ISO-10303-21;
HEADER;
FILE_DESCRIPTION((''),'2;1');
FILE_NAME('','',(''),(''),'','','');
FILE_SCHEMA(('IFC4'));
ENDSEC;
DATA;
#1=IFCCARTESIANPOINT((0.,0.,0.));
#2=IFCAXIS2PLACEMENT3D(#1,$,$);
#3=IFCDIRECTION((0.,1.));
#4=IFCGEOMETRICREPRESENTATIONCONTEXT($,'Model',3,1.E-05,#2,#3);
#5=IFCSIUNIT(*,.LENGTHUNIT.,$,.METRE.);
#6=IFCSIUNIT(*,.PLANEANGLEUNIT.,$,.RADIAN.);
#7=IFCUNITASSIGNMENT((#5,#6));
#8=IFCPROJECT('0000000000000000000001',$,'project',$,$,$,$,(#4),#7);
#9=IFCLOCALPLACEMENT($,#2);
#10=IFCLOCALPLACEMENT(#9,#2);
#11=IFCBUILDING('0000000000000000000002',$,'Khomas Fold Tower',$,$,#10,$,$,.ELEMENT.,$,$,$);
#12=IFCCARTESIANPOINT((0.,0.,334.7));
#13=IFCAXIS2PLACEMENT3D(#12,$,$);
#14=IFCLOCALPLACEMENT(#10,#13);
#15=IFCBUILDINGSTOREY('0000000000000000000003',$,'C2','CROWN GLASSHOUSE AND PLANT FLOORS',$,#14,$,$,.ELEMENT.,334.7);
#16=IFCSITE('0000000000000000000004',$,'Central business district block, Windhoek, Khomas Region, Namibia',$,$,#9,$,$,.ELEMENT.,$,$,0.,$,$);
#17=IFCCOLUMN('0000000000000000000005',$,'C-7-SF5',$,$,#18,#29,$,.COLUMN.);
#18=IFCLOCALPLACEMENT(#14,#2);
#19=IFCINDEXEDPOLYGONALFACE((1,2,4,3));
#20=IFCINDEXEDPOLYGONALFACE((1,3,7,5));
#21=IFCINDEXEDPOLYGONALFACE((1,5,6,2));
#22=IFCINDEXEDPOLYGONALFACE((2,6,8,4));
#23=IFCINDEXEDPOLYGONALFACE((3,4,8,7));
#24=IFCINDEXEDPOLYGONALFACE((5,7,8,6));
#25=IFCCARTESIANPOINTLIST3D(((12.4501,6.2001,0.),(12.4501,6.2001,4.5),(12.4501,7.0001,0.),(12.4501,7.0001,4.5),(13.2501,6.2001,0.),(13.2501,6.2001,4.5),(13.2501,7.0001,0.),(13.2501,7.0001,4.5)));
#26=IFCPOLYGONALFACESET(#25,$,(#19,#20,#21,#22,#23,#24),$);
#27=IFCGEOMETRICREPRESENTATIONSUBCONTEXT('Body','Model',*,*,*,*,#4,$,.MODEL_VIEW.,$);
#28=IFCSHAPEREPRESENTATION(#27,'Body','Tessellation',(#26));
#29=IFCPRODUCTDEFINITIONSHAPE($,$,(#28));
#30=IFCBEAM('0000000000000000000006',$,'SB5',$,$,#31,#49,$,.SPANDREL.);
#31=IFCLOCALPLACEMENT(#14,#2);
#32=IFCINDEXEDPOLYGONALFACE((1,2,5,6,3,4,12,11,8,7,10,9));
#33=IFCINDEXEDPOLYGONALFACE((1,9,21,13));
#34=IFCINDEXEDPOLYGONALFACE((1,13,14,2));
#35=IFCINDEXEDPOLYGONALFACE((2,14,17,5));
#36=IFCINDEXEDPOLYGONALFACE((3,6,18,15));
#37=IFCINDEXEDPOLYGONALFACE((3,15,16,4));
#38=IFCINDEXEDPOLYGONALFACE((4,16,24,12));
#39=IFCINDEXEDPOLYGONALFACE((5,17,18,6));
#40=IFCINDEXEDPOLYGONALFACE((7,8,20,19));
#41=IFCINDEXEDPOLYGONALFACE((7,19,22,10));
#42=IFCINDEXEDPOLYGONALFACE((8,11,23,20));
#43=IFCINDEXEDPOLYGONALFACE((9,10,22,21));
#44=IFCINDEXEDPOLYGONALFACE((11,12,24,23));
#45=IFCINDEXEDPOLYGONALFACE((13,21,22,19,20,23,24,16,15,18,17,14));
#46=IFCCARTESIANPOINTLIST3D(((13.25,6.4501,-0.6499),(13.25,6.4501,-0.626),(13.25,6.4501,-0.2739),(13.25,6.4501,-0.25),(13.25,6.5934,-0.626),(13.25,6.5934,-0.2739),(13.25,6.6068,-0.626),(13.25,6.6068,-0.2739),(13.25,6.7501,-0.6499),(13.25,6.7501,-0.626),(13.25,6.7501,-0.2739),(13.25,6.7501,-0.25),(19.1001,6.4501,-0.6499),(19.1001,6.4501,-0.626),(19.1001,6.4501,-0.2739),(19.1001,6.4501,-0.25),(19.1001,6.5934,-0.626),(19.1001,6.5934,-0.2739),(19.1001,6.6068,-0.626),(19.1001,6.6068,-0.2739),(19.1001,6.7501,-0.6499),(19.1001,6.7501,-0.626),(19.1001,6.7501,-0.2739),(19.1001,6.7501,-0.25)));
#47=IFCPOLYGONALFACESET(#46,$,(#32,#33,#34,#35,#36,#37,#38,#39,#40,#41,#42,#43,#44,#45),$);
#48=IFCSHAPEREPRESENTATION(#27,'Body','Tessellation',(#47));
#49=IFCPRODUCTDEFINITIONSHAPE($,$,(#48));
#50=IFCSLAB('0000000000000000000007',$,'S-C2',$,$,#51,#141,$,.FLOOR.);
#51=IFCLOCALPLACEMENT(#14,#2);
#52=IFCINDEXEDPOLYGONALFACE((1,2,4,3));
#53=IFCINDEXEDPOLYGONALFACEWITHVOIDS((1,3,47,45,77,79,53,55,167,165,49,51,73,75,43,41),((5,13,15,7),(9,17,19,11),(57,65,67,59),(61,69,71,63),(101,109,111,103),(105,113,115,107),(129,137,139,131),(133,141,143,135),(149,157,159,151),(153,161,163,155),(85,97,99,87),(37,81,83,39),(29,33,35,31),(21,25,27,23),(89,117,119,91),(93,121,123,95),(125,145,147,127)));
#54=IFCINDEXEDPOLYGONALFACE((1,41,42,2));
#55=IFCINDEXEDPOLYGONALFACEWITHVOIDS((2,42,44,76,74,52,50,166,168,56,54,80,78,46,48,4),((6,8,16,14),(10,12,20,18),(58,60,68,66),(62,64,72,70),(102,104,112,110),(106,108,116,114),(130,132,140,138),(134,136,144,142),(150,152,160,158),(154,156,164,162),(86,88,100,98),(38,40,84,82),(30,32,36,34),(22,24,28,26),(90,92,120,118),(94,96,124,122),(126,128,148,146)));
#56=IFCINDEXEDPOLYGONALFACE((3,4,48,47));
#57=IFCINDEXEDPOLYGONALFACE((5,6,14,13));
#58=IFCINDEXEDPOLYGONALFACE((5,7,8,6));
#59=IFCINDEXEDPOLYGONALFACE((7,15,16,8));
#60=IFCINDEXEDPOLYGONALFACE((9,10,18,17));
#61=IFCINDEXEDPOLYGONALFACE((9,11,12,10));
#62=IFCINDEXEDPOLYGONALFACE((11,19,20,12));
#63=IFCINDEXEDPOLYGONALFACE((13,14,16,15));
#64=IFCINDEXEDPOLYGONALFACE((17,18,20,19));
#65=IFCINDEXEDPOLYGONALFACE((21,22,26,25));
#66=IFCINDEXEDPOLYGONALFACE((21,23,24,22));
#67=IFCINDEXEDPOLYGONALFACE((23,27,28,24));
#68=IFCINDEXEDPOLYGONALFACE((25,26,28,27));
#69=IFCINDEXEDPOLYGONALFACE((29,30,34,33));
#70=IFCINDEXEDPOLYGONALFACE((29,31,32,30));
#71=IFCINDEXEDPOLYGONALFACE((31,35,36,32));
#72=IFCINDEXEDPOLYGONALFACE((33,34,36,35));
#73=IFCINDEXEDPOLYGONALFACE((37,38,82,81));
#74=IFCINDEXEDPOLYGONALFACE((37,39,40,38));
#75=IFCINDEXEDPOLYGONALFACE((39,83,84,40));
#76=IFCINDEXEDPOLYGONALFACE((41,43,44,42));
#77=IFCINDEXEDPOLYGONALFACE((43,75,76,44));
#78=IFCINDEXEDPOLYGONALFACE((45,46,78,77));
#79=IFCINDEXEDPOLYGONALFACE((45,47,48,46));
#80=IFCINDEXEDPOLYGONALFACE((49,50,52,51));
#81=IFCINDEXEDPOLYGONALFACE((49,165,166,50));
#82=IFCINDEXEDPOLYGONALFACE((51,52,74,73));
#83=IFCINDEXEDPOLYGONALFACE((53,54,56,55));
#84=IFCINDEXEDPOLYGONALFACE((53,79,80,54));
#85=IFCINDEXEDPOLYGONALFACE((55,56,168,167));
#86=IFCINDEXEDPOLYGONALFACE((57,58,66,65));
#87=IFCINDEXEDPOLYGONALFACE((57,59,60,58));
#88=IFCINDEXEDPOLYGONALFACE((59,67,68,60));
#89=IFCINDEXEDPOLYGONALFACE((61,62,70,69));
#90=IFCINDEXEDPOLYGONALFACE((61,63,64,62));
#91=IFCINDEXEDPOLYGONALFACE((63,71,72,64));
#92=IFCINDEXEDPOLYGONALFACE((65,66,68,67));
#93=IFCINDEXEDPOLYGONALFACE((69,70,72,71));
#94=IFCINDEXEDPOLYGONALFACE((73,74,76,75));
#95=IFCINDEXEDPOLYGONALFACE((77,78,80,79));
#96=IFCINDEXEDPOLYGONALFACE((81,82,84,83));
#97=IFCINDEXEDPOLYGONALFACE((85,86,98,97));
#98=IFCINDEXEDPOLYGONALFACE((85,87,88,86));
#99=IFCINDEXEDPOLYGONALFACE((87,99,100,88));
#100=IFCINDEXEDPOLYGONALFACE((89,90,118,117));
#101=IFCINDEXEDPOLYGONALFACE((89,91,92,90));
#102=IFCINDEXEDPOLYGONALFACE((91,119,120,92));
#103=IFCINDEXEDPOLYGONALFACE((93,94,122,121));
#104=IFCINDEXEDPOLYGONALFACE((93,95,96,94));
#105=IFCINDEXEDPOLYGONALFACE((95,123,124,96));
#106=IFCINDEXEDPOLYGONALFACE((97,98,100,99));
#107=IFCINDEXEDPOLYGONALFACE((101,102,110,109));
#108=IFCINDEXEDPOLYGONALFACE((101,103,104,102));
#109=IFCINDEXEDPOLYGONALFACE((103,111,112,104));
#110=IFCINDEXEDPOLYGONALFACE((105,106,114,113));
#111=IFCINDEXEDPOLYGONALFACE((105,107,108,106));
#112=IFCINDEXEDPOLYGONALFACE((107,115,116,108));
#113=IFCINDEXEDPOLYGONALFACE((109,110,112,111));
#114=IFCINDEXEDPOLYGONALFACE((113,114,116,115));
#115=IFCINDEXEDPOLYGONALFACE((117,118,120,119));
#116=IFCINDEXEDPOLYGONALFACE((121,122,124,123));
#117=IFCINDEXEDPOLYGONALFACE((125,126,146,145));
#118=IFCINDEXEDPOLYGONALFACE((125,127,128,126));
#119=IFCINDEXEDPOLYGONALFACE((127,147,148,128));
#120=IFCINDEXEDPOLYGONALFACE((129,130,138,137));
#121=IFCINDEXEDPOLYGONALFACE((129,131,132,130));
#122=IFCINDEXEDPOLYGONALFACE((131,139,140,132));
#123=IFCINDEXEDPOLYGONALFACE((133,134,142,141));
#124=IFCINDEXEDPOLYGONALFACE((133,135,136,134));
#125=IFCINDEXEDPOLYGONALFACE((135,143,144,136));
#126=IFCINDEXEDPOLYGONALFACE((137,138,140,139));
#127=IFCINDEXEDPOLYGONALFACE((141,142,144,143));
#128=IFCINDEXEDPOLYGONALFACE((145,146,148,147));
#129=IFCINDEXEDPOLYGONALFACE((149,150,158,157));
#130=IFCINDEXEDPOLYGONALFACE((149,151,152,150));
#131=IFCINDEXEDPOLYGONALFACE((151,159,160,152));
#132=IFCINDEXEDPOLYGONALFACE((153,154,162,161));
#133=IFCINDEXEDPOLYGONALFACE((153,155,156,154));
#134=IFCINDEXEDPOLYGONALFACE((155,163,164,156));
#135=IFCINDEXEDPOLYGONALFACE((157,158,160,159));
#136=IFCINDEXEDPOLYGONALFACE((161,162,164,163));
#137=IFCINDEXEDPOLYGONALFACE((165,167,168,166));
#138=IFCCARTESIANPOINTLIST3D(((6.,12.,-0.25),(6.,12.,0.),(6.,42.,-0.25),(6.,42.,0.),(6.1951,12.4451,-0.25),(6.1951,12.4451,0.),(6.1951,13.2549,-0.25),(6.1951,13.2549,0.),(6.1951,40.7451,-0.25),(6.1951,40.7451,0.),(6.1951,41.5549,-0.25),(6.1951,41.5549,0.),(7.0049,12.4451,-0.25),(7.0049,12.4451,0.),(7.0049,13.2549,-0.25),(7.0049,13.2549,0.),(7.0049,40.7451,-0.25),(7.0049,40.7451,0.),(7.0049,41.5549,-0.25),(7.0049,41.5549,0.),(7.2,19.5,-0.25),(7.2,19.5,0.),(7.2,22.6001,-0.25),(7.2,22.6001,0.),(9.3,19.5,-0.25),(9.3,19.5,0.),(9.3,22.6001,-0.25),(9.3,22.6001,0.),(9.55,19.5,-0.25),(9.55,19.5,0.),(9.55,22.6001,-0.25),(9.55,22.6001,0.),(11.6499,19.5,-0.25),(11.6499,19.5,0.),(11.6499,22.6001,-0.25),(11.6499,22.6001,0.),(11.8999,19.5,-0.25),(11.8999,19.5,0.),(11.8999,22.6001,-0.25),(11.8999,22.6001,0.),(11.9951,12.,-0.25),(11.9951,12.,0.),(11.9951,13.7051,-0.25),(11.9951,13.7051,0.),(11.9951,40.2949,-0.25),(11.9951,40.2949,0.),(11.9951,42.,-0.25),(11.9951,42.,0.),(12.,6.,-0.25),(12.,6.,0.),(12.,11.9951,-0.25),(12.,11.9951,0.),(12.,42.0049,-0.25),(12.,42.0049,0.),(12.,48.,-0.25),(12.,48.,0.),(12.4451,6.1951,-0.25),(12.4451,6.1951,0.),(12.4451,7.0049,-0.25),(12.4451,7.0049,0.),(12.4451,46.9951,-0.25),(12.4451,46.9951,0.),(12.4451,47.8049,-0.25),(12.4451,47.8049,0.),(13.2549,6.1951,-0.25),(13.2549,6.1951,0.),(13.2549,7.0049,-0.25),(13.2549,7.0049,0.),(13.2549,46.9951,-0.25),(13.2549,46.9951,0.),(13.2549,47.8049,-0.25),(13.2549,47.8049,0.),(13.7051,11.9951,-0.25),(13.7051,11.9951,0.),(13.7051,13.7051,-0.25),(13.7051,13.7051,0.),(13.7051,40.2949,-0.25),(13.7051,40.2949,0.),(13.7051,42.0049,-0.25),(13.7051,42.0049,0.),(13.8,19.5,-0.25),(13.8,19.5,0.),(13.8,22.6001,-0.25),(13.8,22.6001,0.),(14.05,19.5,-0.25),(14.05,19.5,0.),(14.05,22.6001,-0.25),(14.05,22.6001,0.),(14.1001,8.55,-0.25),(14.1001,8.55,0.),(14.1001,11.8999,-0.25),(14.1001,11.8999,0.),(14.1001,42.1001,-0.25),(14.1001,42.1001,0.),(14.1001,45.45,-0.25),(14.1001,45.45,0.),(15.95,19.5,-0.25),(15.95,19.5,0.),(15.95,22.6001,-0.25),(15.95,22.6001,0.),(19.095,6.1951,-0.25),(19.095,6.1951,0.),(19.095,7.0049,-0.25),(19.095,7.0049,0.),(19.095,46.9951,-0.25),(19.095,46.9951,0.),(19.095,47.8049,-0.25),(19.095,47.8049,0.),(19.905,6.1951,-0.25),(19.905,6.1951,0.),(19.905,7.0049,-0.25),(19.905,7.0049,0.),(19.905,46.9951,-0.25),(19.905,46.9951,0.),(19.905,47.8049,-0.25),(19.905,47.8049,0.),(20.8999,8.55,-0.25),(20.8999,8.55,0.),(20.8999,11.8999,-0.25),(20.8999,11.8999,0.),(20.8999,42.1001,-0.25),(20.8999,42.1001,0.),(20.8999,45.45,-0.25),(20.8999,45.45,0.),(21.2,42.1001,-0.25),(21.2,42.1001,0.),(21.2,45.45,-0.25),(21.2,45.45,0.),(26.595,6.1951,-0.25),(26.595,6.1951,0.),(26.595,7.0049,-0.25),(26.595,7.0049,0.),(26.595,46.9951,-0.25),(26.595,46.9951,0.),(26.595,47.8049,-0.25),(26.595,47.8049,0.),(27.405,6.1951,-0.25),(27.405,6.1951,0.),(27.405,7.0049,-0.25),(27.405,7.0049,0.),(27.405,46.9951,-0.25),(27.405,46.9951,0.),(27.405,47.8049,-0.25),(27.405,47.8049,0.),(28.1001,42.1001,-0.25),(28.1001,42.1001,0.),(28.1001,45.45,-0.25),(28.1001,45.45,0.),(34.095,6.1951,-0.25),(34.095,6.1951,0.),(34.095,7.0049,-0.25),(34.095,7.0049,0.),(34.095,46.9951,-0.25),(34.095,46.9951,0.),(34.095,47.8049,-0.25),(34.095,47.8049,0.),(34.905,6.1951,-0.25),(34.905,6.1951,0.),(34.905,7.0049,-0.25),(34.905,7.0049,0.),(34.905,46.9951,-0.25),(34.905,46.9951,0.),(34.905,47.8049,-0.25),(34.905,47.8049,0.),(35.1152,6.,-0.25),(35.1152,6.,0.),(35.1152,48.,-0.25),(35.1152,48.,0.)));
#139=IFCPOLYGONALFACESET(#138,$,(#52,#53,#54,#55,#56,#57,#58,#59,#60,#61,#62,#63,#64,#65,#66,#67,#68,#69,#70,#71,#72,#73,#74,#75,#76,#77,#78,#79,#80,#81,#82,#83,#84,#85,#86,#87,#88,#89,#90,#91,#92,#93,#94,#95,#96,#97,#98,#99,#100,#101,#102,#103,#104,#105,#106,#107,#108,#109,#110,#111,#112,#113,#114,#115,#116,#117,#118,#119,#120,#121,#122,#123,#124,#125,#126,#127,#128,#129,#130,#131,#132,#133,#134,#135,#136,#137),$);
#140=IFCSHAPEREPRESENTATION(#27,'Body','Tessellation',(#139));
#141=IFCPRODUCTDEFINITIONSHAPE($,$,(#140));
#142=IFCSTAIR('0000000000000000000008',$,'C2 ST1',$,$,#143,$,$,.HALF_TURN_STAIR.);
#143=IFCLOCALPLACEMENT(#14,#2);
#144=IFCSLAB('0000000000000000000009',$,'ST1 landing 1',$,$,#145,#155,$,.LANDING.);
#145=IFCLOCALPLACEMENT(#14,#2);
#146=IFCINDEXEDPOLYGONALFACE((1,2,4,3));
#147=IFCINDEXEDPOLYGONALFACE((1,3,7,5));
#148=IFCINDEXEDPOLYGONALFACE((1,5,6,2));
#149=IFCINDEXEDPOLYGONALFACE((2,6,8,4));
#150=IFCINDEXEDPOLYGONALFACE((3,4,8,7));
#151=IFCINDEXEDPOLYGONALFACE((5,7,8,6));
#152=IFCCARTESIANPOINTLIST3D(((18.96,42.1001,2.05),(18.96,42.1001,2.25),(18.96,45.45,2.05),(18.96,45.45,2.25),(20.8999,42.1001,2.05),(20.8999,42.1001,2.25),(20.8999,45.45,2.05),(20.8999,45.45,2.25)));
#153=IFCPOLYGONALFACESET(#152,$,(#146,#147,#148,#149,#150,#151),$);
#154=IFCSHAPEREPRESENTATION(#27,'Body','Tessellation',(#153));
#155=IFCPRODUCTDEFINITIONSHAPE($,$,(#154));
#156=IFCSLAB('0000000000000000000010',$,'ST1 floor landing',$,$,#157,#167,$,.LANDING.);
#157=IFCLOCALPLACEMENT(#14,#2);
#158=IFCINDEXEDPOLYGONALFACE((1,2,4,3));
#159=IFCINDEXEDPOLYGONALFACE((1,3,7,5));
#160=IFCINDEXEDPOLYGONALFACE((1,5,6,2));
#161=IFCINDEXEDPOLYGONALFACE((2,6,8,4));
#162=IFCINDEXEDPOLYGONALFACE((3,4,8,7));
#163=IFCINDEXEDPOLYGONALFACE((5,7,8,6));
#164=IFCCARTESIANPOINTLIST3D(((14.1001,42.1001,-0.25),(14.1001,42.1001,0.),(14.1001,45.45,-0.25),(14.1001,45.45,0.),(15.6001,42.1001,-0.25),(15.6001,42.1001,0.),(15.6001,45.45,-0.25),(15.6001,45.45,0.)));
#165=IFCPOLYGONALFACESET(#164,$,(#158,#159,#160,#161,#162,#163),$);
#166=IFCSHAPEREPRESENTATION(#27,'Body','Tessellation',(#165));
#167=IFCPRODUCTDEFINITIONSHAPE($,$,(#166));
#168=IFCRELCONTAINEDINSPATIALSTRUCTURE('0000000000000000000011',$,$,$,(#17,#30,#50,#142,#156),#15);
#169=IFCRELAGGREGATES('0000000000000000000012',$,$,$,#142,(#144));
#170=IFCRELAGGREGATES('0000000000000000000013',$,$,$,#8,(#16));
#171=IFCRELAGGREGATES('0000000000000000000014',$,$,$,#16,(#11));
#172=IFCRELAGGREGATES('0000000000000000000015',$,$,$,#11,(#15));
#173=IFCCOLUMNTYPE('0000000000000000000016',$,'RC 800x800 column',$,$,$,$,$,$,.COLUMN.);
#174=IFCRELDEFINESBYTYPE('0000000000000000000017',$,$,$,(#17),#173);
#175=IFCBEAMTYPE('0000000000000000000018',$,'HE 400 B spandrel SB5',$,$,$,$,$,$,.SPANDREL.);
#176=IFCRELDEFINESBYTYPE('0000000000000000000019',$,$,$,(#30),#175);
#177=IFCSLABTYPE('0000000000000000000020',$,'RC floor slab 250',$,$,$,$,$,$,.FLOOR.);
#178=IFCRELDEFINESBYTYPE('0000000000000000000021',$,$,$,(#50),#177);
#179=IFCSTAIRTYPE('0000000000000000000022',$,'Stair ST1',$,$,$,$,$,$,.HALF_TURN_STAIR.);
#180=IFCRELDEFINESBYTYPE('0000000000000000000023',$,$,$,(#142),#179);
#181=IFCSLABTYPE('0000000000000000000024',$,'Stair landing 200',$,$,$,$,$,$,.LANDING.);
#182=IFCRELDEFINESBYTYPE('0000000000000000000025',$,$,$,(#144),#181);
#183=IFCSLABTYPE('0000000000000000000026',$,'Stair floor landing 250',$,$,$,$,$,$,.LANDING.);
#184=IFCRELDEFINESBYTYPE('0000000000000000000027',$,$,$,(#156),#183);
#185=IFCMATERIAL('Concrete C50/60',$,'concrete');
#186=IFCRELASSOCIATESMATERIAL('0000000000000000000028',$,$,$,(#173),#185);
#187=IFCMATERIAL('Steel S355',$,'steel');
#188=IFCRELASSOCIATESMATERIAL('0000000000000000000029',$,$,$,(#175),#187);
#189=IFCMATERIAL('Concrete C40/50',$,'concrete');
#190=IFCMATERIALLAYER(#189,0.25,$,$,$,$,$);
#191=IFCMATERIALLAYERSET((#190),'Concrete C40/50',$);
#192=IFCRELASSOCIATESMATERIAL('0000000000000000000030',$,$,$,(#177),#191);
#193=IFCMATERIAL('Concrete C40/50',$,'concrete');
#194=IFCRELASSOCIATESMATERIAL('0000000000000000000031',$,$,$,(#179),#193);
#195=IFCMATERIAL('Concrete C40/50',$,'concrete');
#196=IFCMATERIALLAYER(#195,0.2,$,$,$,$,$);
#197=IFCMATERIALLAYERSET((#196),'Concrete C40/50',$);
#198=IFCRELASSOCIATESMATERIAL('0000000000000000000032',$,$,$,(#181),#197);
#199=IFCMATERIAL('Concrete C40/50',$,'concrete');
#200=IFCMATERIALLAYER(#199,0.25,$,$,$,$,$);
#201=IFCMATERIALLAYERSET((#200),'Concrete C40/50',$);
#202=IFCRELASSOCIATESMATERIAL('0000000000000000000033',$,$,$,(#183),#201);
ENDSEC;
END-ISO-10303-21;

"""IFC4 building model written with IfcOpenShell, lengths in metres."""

from ifc_helpers import new_model, si_unit, direction, frame, origin, origin_2d, place, context, subcontext, project, spatial, polyline, rectangle, i_section, outline, extrude, source, transform, mapped, material, layer, layer_set, material_profile, profile_set, type_object, element, aggregate, save


model = new_model("IFC4")

# Units and contexts
model_context = context("Model", 3, precision=1e-05, world=origin(), true_north=direction((0.0, 1.0)))
body_context = subcontext(model_context, "Body", "Model", "MODEL_VIEW")
ifc_project = project(units=[si_unit("LENGTHUNIT", "METRE"), si_unit("PLANEANGLEUNIT", "RADIAN")], contexts=[model_context])

# Site, building, storey
site_placement = place(None, origin())
site = spatial("IfcSite", under=ifc_project, at=site_placement, Name="Central business district block, Windhoek, Khomas Region, Namibia", CompositionType="ELEMENT", RefElevation=0.0)
building_placement = place(site_placement, origin())
building = spatial("IfcBuilding", under=site, at=building_placement, Name="Khomas Fold Tower", CompositionType="ELEMENT")
storey_placement = place(building_placement, frame((0.0, 0.0, 334.7)))
storey = spatial("IfcBuildingStorey", under=building, at=storey_placement, Name="C2", Description="CROWN GLASSHOUSE AND PLANT FLOORS", CompositionType="ELEMENT", Elevation=334.7)

# Column
ifc_material_1 = material(Name="Concrete C50/60", Category="concrete")
ifc_material_profile_1 = material_profile(ifc_material_1, rectangle(XDim=0.8, YDim=0.8, at=origin_2d()), Name="RC 800x800")
ifc_profile_set_1 = profile_set([ifc_material_profile_1], Name="Concrete C50/60")
column_type = type_object("IfcColumnType", Name="RC 800x800 column", PredefinedType="COLUMN", material=ifc_profile_set_1)
shared_shape_1 = source(origin(), body_context, "Body", "SweptSolid", [
    extrude(rectangle(XDim=0.8, YDim=0.8, at=origin_2d()), origin(), (0.0, 0.0, 1.0), 4.5),
])
column_placement = place(storey_placement, frame((12.8501, 6.6001, 0.0), z_axis=(0.0, 0.0, 1.0), x_axis=(1.0, 0.0, 0.0)))
element("IfcColumn", 1, at=column_placement, inside=storey, type_object=column_type, Name="C-7-SF5", PredefinedType="COLUMN", context=body_context, shape_type="MappedRepresentation", body=[
    mapped(shared_shape_1, transform((0.0, 0.0, 0.0))),
])

# Beam
ifc_material_2 = material(Name="Steel S355", Category="steel")
ifc_material_profile_2 = material_profile(ifc_material_2, i_section(OverallWidth=0.3, OverallDepth=0.3999, WebThickness=0.0134, FlangeThickness=0.0239, at=origin_2d()), Name="HE 400 B")
ifc_profile_set_2 = profile_set([ifc_material_profile_2], Name="Steel S355")
beam_type = type_object("IfcBeamType", Name="HE 400 B spandrel SB5", PredefinedType="SPANDREL", material=ifc_profile_set_2)
shared_shape_2 = source(origin(), body_context, "Body", "SweptSolid", [
    extrude(i_section(OverallWidth=0.3, OverallDepth=0.3999, WebThickness=0.0134, FlangeThickness=0.0239, at=origin_2d()), origin(), (0.0, 0.0, 1.0), 5.8501),
])
beam_placement = place(storey_placement, frame((13.25, 6.6001, -0.45), z_axis=(1.0, 0.0, 0.0), x_axis=(0.0, 1.0, 0.0)))
element("IfcBeam", 2, at=beam_placement, inside=storey, type_object=beam_type, Name="SB5", PredefinedType="SPANDREL", context=body_context, shape_type="MappedRepresentation", body=[
    mapped(shared_shape_2, transform((0.0, 0.0, 0.0))),
])

# Slab
ifc_material_3 = material(Name="Concrete C40/50", Category="concrete")
ifc_layer_1 = layer(ifc_material_3, 0.25)
ifc_layer_set_1 = layer_set([ifc_layer_1], Name="Concrete C40/50")
slab_type_1 = type_object("IfcSlabType", Name="RC floor slab 250", PredefinedType="FLOOR", material=ifc_layer_set_1)
shared_shape_3 = source(origin(), body_context, "Body", "SweptSolid", [
    extrude(outline(polyline([(6.0, 12.0), (11.9951, 12.0), (11.9951, 13.7051), (13.7051, 13.7051), (13.7051, 11.9951), (12.0, 11.9951), (12.0, 6.0), (35.1152, 6.0), (35.1152, 48.0), (12.0, 48.0), (12.0, 42.0049), (13.7051, 42.0049), (13.7051, 40.2949), (11.9951, 40.2949), (11.9951, 42.0), (6.0, 42.0), (6.0, 12.0)]), holes=[polyline([(6.1951, 12.4451), (6.1951, 13.2549), (7.0049, 13.2549), (7.0049, 12.4451), (6.1951, 12.4451)]), polyline([(6.1951, 40.7451), (6.1951, 41.5549), (7.0049, 41.5549), (7.0049, 40.7451), (6.1951, 40.7451)]), polyline([(7.2, 19.5), (7.2, 22.6001), (9.3, 22.6001), (9.3, 19.5), (7.2, 19.5)]), polyline([(9.55, 19.5), (9.55, 22.6001), (11.6499, 22.6001), (11.6499, 19.5), (9.55, 19.5)]), polyline([(11.8999, 19.5), (11.8999, 22.6001), (13.8, 22.6001), (13.8, 19.5), (11.8999, 19.5)]), polyline([(12.4451, 6.1951), (12.4451, 7.0049), (13.2549, 7.0049), (13.2549, 6.1951), (12.4451, 6.1951)]), polyline([(12.4451, 46.9951), (12.4451, 47.8049), (13.2549, 47.8049), (13.2549, 46.9951), (12.4451, 46.9951)]), polyline([(14.05, 19.5), (14.05, 22.6001), (15.95, 22.6001), (15.95, 19.5), (14.05, 19.5)]), polyline([(14.1001, 8.55), (14.1001, 11.8999), (20.8999, 11.8999), (20.8999, 8.55), (14.1001, 8.55)]), polyline([(14.1001, 42.1001), (14.1001, 45.45), (20.8999, 45.45), (20.8999, 42.1001), (14.1001, 42.1001)]), polyline([(19.095, 6.1951), (19.095, 7.0049), (19.905, 7.0049), (19.905, 6.1951), (19.095, 6.1951)]), polyline([(19.095, 46.9951), (19.095, 47.8049), (19.905, 47.8049), (19.905, 46.9951), (19.095, 46.9951)]), polyline([(21.2, 42.1001), (21.2, 45.45), (28.1001, 45.45), (28.1001, 42.1001), (21.2, 42.1001)]), polyline([(26.595, 6.1951), (26.595, 7.0049), (27.405, 7.0049), (27.405, 6.1951), (26.595, 6.1951)]), polyline([(26.595, 46.9951), (26.595, 47.8049), (27.405, 47.8049), (27.405, 46.9951), (26.595, 46.9951)]), polyline([(34.095, 6.1951), (34.095, 7.0049), (34.905, 7.0049), (34.905, 6.1951), (34.095, 6.1951)]), polyline([(34.095, 46.9951), (34.095, 47.8049), (34.905, 47.8049), (34.905, 46.9951), (34.095, 46.9951)])]), origin(), (0.0, 0.0, 1.0), 0.25),
])
slab_1_placement = place(storey_placement, frame((0.0, 0.0, -0.25)))
element("IfcSlab", 3, at=slab_1_placement, inside=storey, type_object=slab_type_1, Name="S-C2", PredefinedType="FLOOR", context=body_context, shape_type="MappedRepresentation", body=[
    mapped(shared_shape_3, transform((0.0, 0.0, 0.0))),
])

# Stair, slab
ifc_material_4 = material(Name="Concrete C40/50", Category="concrete")
stair_type_1 = type_object("IfcStairType", Name="Stair ST1", PredefinedType="HALF_TURN_STAIR", material=ifc_material_4)
stair_1_placement = place(storey_placement, origin())
stair_1 = element("IfcStair", 4, at=stair_1_placement, inside=storey, type_object=stair_type_1, Name="C2 ST1", PredefinedType="HALF_TURN_STAIR")
ifc_material_5 = material(Name="Concrete C40/50", Category="concrete")
ifc_layer_2 = layer(ifc_material_5, 0.2)
ifc_layer_set_2 = layer_set([ifc_layer_2], Name="Concrete C40/50")
slab_type_2 = type_object("IfcSlabType", Name="Stair landing 200", PredefinedType="LANDING", material=ifc_layer_set_2)
shared_shape_4 = source(origin(), body_context, "Body", "SweptSolid", [
    extrude(outline(polyline([(18.96, 42.1001), (20.8999, 42.1001), (20.8999, 45.45), (18.96, 45.45), (18.96, 42.1001)])), origin(), (0.0, 0.0, 1.0), 0.2),
])
slab_2_placement = place(storey_placement, frame((0.0, 0.0, 2.05)))
slab_2 = element("IfcSlab", 5, at=slab_2_placement, type_object=slab_type_2, Name="ST1 landing 1", PredefinedType="LANDING", context=body_context, shape_type="MappedRepresentation", body=[
    mapped(shared_shape_4, transform((0.0, 0.0, 0.0))),
])
aggregate(stair_1, [slab_2])

# Slab
ifc_material_6 = material(Name="Concrete C40/50", Category="concrete")
ifc_layer_3 = layer(ifc_material_6, 0.25)
ifc_layer_set_3 = layer_set([ifc_layer_3], Name="Concrete C40/50")
slab_type_3 = type_object("IfcSlabType", Name="Stair floor landing 250", PredefinedType="LANDING", material=ifc_layer_set_3)
shared_shape_5 = source(origin(), body_context, "Body", "SweptSolid", [
    extrude(outline(polyline([(14.1001, 45.45), (15.6001, 45.45), (15.6001, 42.1001), (14.1001, 42.1001), (14.1001, 45.45)])), origin(), (0.0, 0.0, 1.0), 0.25),
])
slab_3_placement = place(storey_placement, frame((0.0, 0.0, -0.25)))
element("IfcSlab", 6, at=slab_3_placement, inside=storey, type_object=slab_type_3, Name="ST1 floor landing", PredefinedType="LANDING", context=body_context, shape_type="MappedRepresentation", body=[
    mapped(shared_shape_5, transform((0.0, 0.0, 0.0))),
])

save(model, "model.ifc")
